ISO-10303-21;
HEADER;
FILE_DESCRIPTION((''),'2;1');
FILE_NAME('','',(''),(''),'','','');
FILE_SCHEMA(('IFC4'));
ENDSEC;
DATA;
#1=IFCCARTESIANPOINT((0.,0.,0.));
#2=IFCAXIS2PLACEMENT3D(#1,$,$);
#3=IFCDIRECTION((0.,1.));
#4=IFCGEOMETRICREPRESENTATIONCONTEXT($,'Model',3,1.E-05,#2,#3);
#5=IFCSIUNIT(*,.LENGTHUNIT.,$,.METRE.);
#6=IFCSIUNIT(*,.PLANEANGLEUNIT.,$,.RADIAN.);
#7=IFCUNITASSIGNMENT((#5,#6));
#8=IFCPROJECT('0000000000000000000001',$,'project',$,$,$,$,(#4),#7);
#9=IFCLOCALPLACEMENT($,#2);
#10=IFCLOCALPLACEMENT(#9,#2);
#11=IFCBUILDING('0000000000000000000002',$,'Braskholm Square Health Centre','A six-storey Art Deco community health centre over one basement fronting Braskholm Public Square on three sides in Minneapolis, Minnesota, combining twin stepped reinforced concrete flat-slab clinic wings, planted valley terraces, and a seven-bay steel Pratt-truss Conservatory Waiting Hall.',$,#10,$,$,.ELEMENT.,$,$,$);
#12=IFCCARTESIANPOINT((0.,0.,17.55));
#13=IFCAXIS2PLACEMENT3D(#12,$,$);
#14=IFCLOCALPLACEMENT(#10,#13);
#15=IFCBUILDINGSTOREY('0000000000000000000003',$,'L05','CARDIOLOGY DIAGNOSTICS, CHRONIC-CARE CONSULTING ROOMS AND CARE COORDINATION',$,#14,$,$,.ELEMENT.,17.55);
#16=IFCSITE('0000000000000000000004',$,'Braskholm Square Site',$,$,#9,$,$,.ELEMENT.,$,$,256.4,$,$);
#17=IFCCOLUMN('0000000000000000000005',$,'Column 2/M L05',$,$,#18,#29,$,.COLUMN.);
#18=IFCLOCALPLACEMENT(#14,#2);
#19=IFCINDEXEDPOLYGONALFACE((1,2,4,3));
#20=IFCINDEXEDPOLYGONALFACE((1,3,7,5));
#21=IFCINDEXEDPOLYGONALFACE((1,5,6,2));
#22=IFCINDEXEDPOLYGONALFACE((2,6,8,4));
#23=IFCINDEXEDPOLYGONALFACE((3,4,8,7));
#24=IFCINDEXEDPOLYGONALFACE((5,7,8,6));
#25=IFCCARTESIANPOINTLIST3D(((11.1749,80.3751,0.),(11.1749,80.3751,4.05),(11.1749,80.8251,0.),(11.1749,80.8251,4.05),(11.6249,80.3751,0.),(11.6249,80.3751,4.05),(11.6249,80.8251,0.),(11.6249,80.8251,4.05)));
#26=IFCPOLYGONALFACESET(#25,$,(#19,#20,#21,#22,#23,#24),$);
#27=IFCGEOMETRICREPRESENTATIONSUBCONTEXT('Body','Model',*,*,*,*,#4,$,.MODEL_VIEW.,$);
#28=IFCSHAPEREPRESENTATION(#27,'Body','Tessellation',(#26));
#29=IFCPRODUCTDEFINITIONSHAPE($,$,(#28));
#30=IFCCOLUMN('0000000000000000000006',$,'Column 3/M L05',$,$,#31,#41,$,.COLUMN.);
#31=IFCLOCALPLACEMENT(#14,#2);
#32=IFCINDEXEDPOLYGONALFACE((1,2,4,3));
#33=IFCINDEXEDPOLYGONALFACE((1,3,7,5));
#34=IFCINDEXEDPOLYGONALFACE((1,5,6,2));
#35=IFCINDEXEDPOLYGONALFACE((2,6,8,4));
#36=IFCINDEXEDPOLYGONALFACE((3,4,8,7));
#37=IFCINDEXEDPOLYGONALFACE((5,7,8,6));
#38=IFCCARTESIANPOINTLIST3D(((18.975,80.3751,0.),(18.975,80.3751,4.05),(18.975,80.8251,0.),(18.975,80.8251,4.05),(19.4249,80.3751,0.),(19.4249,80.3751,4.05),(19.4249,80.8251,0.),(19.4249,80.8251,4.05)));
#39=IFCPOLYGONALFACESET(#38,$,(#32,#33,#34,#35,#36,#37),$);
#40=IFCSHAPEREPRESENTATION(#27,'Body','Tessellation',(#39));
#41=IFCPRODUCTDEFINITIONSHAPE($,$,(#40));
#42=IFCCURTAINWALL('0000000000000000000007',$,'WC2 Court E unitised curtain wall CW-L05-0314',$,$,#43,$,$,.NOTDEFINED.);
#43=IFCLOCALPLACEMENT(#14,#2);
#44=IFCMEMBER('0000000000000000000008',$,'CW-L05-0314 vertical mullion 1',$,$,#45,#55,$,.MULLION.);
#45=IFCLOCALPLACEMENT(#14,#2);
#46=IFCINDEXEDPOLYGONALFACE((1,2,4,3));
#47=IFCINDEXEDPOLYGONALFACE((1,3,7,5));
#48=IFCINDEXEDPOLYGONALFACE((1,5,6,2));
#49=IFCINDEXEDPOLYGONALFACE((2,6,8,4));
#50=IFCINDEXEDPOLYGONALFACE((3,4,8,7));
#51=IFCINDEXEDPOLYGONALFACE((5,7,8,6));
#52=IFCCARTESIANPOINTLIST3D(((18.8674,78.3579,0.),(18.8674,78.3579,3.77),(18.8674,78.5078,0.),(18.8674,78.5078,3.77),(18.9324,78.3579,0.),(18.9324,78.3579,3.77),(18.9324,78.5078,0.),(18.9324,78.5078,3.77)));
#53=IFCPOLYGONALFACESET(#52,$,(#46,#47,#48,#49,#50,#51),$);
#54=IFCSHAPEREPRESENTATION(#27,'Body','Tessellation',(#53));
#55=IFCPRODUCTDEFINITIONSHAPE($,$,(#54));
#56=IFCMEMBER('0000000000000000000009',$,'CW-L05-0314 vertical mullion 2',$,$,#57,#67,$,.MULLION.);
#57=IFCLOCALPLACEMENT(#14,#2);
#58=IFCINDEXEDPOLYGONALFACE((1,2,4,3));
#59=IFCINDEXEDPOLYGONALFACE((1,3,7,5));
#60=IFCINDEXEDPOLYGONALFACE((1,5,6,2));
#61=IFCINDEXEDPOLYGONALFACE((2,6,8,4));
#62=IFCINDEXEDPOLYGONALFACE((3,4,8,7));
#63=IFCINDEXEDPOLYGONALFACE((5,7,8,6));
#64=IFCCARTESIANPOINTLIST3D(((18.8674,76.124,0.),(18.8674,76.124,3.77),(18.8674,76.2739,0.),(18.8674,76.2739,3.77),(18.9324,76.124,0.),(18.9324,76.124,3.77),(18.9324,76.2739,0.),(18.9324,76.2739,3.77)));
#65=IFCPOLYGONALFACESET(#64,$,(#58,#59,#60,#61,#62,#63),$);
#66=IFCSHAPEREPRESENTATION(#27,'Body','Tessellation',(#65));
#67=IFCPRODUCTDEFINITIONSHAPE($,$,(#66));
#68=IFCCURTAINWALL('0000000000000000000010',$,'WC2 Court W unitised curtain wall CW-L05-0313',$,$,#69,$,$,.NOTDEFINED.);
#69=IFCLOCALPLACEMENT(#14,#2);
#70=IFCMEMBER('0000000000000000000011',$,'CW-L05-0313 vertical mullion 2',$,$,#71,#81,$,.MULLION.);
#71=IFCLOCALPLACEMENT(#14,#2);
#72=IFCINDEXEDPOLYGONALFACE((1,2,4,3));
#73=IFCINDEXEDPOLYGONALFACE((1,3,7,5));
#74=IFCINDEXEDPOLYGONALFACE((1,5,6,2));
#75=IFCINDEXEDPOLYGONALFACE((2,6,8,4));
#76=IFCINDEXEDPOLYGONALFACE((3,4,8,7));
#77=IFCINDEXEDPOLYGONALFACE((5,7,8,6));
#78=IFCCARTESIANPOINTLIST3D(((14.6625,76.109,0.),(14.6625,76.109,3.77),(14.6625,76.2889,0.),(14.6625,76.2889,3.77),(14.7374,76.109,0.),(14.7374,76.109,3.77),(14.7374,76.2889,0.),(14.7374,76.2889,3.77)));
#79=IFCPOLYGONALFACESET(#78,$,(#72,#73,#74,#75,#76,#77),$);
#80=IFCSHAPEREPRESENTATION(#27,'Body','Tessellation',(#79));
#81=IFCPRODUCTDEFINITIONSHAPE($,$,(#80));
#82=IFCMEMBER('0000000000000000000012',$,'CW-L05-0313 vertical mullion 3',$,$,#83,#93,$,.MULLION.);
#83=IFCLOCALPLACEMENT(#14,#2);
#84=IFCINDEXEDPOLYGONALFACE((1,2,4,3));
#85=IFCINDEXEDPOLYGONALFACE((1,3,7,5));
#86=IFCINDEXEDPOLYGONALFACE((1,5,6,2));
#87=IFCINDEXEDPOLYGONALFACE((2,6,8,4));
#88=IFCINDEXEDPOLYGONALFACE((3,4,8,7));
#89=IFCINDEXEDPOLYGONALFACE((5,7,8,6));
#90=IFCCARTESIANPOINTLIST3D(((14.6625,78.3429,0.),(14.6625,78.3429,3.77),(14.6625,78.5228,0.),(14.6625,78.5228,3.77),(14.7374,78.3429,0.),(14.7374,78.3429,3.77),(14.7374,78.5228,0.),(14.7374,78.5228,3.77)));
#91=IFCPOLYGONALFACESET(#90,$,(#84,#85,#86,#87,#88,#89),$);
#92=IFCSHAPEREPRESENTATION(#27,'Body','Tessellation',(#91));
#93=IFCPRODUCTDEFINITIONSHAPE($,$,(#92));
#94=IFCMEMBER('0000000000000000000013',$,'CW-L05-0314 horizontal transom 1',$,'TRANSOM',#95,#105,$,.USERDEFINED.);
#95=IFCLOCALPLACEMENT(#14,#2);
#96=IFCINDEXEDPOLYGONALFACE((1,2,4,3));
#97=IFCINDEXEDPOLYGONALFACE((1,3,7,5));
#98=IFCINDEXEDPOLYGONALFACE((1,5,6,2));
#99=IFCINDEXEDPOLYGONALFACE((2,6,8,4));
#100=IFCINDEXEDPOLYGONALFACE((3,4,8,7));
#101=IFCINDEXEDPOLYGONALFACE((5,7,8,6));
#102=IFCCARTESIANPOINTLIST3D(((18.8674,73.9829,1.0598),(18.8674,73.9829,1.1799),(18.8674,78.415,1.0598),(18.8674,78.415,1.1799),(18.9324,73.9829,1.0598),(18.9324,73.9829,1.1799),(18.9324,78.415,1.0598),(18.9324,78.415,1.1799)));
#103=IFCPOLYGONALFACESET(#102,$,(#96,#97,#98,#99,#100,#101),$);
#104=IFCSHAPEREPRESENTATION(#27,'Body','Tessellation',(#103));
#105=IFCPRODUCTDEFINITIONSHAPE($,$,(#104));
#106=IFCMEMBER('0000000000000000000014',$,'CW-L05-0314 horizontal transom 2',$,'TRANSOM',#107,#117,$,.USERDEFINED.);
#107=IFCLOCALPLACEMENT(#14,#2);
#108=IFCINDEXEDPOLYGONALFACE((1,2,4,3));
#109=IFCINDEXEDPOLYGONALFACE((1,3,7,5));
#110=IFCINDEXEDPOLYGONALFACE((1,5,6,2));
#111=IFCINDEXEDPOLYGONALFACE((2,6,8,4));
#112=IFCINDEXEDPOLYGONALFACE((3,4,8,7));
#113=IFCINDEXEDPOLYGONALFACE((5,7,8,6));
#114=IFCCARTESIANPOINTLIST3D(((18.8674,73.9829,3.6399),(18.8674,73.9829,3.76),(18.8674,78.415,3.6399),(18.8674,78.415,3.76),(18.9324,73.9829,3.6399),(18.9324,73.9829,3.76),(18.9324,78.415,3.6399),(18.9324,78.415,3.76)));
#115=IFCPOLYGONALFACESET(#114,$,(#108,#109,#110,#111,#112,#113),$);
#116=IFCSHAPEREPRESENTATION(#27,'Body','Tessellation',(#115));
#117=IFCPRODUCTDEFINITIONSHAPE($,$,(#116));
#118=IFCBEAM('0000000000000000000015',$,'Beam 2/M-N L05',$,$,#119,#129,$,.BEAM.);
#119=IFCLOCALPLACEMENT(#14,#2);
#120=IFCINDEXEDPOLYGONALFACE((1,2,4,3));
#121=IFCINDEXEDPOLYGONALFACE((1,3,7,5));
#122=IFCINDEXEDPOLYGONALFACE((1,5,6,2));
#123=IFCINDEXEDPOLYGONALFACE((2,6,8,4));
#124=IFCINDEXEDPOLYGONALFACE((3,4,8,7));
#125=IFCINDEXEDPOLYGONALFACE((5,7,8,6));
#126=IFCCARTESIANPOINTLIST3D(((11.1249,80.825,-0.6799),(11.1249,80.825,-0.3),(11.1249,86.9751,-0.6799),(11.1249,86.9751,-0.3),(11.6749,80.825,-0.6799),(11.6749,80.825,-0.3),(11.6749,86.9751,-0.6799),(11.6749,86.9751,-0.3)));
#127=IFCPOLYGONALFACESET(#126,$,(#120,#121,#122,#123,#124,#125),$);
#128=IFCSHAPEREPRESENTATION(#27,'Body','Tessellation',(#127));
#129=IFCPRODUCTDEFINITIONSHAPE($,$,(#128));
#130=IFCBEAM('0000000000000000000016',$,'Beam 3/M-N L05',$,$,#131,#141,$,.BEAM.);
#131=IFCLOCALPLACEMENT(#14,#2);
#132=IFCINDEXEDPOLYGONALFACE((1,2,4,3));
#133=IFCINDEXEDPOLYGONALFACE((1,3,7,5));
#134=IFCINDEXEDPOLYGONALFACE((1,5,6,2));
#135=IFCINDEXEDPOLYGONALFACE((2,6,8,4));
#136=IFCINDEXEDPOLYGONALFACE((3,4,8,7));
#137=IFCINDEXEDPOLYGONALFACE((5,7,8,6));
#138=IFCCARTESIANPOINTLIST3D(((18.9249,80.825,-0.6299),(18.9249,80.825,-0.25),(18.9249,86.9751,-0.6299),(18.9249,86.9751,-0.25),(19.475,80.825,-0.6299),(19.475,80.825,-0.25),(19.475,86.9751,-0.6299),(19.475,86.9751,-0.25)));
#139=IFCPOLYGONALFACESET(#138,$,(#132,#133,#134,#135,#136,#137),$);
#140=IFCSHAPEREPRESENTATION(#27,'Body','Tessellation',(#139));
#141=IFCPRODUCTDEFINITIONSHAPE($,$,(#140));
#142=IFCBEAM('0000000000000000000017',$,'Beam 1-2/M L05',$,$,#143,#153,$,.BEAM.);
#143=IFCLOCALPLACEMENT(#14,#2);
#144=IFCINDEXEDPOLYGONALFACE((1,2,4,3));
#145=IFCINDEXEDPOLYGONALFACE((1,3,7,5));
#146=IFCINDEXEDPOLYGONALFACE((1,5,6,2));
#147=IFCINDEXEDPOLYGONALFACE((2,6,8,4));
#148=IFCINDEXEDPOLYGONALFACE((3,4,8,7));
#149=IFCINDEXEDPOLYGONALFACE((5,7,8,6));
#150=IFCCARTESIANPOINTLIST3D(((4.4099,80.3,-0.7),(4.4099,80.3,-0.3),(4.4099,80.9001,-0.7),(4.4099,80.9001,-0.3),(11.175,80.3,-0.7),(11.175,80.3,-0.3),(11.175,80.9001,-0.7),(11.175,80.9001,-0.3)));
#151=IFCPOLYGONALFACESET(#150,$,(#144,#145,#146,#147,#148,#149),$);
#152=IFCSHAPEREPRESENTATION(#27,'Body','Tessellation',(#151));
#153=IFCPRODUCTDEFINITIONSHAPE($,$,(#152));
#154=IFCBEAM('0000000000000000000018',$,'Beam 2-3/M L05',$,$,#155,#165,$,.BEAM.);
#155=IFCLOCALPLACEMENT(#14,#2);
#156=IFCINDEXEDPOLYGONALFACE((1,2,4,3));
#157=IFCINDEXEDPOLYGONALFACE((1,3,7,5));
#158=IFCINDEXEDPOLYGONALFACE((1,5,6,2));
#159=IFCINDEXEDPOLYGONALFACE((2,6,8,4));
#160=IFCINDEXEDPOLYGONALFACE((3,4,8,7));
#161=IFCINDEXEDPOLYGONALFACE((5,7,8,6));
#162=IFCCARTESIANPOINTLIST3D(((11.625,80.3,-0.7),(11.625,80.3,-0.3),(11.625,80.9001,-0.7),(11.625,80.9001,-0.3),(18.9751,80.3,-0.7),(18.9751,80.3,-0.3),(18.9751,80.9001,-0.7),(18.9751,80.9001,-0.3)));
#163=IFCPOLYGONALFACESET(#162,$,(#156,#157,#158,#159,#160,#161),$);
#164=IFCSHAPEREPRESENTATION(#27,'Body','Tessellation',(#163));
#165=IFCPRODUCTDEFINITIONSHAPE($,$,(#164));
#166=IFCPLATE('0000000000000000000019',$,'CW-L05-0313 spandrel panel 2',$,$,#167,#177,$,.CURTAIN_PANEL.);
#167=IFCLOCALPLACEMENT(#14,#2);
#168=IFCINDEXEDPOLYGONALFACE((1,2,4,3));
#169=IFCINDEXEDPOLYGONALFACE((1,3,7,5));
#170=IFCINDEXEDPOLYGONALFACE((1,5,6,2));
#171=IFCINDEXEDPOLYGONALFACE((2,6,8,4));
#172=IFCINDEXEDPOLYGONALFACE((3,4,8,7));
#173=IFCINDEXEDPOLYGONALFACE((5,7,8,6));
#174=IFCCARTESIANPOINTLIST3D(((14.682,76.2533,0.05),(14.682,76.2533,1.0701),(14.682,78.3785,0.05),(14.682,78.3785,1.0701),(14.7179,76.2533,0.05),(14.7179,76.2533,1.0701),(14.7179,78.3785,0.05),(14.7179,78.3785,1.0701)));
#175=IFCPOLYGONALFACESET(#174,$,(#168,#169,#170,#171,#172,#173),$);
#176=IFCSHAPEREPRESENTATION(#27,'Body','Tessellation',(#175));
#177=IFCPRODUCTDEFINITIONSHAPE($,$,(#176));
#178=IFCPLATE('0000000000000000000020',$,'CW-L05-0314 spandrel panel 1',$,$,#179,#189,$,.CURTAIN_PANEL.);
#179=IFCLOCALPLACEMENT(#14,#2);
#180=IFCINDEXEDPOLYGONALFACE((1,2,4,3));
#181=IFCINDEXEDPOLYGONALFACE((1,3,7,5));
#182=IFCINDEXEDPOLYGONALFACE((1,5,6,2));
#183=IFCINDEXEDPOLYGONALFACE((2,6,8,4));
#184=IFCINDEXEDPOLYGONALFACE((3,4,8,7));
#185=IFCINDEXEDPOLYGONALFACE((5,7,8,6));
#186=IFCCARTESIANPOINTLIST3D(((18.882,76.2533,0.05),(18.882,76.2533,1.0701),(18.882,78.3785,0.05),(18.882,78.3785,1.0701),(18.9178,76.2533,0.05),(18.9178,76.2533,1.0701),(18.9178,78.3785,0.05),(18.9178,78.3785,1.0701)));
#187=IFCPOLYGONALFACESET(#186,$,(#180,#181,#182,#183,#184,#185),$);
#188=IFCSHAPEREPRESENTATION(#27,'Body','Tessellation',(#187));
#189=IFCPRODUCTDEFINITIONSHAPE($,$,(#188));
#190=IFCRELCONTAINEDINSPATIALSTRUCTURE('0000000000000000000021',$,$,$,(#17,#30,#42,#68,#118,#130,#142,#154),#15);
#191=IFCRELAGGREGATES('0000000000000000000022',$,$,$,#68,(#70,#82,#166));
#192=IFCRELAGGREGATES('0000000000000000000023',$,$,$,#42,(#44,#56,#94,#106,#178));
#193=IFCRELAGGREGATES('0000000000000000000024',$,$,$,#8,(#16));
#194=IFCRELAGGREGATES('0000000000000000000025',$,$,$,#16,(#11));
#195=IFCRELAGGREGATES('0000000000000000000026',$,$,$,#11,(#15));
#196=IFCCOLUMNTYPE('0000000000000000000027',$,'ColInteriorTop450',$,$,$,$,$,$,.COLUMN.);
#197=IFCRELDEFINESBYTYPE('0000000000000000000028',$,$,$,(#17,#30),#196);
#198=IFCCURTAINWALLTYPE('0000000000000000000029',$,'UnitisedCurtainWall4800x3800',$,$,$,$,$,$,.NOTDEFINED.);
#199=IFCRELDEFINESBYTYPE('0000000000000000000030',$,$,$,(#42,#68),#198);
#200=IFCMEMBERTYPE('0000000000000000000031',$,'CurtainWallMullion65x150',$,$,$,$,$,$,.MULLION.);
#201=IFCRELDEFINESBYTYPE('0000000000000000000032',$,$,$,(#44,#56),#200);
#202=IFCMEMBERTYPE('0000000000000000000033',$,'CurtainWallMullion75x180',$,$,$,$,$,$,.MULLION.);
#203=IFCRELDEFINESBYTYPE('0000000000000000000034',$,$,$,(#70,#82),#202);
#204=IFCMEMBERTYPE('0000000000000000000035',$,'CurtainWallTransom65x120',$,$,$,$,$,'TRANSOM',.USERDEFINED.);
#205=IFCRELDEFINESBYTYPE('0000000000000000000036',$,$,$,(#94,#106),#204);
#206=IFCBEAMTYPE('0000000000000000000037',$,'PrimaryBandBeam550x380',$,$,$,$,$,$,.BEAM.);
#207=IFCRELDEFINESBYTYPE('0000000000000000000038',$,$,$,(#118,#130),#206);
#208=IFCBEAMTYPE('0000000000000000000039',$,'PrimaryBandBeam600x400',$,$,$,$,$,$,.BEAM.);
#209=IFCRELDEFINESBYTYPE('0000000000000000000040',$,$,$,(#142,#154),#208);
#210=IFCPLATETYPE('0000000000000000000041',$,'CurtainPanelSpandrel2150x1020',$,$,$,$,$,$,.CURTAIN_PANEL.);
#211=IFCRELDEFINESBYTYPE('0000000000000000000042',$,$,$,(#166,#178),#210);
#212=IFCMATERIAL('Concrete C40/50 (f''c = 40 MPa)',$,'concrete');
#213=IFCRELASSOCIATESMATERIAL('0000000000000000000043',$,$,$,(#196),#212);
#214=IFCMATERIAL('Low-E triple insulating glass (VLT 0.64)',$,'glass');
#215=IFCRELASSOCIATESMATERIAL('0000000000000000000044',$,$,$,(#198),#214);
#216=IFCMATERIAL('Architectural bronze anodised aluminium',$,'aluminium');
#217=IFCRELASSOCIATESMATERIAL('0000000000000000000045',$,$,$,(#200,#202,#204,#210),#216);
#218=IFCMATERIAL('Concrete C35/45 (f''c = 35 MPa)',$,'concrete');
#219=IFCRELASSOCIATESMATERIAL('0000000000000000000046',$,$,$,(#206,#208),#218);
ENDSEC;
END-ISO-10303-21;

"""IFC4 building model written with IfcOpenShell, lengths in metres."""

from ifc_helpers import new_model, si_unit, direction, frame, origin, origin_2d, place, context, subcontext, project, spatial, rectangle, extrude, material, material_profile, profile_set, type_object, element, aggregate, save


model = new_model("IFC4")

# Units and contexts
model_context = context("Model", 3, precision=1e-05, world=origin(), true_north=direction((0.0, 1.0)))
body_context = subcontext(model_context, "Body", "Model", "MODEL_VIEW")
ifc_project = project(units=[si_unit("LENGTHUNIT", "METRE"), si_unit("PLANEANGLEUNIT", "RADIAN")], contexts=[model_context])

# Site, building, storey
site_placement = place(None, origin())
site = spatial("IfcSite", under=ifc_project, at=site_placement, Name="Braskholm Square Site", CompositionType="ELEMENT", RefElevation=256.4)
building_placement = place(site_placement, origin())
building = spatial("IfcBuilding", under=site, at=building_placement, Name="Braskholm Square Health Centre", Description="A six-storey Art Deco community health centre over one basement fronting Braskholm Public Square on three sides in Minneapolis, Minnesota, combining twin stepped reinforced concrete flat-slab clinic wings, planted valley terraces, and a seven-bay steel Pratt-truss Conservatory Waiting Hall.", CompositionType="ELEMENT")
storey_placement = place(building_placement, frame((0.0, 0.0, 17.55)))
storey = spatial("IfcBuildingStorey", under=building, at=storey_placement, Name="L05", Description="CARDIOLOGY DIAGNOSTICS, CHRONIC-CARE CONSULTING ROOMS AND CARE COORDINATION", CompositionType="ELEMENT", Elevation=17.55)

# Columns
ifc_material_1 = material(Name="Concrete C40/50 (f'c = 40 MPa)", Category="concrete")
ifc_material_profile_1 = material_profile(ifc_material_1, rectangle(XDim=0.45, YDim=0.45, at=origin_2d()), Name="RC-450X450")
ifc_profile_set_1 = profile_set([ifc_material_profile_1], Name="Concrete C40/50 (f'c = 40 MPa)")
column_type = type_object("IfcColumnType", Name="ColInteriorTop450", PredefinedType="COLUMN", material=ifc_profile_set_1)
for number, where, z_axis, x_axis, name in (
    (1, (11.3999, 80.6001, 0.0), (0.0, 0.0, 1.0), (1.0, 0.0, 0.0), "Column 2/M L05"),
    (2, (19.2, 80.6001, 0.0), (0.0, 0.0, 1.0), (1.0, 0.0, 0.0), "Column 3/M L05"),
):
    element("IfcColumn", number, at=place(storey_placement, frame(where, z_axis=z_axis, x_axis=x_axis)), inside=storey, type_object=column_type, Name=name, PredefinedType="COLUMN", context=body_context, shape_type="SweptSolid", body=[
        extrude(rectangle(XDim=0.45, YDim=0.45, at=origin_2d()), origin(), (0.0, 0.0, 1.0), 4.05),
    ])

# Curtain walls, members
ifc_material_2 = material(Name="Low-E triple insulating glass (VLT 0.64)", Category="glass")
curtain_wall_type = type_object("IfcCurtainWallType", Name="UnitisedCurtainWall4800x3800", PredefinedType="NOTDEFINED", material=ifc_material_2)
curtain_wall_1_placement = place(storey_placement, origin())
curtain_wall_1 = element("IfcCurtainWall", 3, at=curtain_wall_1_placement, inside=storey, type_object=curtain_wall_type, Name="WC2 Court E unitised curtain wall CW-L05-0314", PredefinedType="NOTDEFINED")
ifc_material_3 = material(Name="Architectural bronze anodised aluminium", Category="aluminium")
ifc_material_profile_2 = material_profile(ifc_material_3, rectangle(XDim=0.0649, YDim=0.1499, at=origin_2d()), Name="ALU-65X150")
ifc_profile_set_2 = profile_set([ifc_material_profile_2], Name="Architectural bronze anodised aluminium")
member_type_1 = type_object("IfcMemberType", Name="CurtainWallMullion65x150", PredefinedType="MULLION", material=ifc_profile_set_2)
member_1_placement = place(storey_placement, frame((18.8999, 78.4329, 0.0), z_axis=(0.0, 0.0, 1.0), x_axis=(1.0, 0.0, 0.0)))
member_1 = element("IfcMember", 4, at=member_1_placement, type_object=member_type_1, Name="CW-L05-0314 vertical mullion 1", PredefinedType="MULLION", context=body_context, shape_type="SweptSolid", body=[
    extrude(rectangle(XDim=0.0649, YDim=0.1499, at=origin_2d()), origin(), (0.0, 0.0, 1.0), 3.77),
])
member_2_placement = place(storey_placement, frame((18.8999, 76.199, 0.0), z_axis=(0.0, 0.0, 1.0), x_axis=(1.0, 0.0, 0.0)))
member_2 = element("IfcMember", 5, at=member_2_placement, type_object=member_type_1, Name="CW-L05-0314 vertical mullion 2", PredefinedType="MULLION", context=body_context, shape_type="SweptSolid", body=[
    extrude(rectangle(XDim=0.0649, YDim=0.1499, at=origin_2d()), origin(), (0.0, 0.0, 1.0), 3.77),
])
curtain_wall_2_placement = place(storey_placement, origin())
curtain_wall_2 = element("IfcCurtainWall", 6, at=curtain_wall_2_placement, inside=storey, type_object=curtain_wall_type, Name="WC2 Court W unitised curtain wall CW-L05-0313", PredefinedType="NOTDEFINED")
ifc_material_profile_3 = material_profile(ifc_material_3, rectangle(XDim=0.075, YDim=0.1799, at=origin_2d()), Name="ALU-75X180")
ifc_profile_set_3 = profile_set([ifc_material_profile_3], Name="Architectural bronze anodised aluminium")
member_type_2 = type_object("IfcMemberType", Name="CurtainWallMullion75x180", PredefinedType="MULLION", material=ifc_profile_set_3)
member_3_placement = place(storey_placement, frame((14.7, 76.199, 0.0), z_axis=(0.0, 0.0, 1.0), x_axis=(1.0, 0.0, 0.0)))
member_3 = element("IfcMember", 7, at=member_3_placement, type_object=member_type_2, Name="CW-L05-0313 vertical mullion 2", PredefinedType="MULLION", context=body_context, shape_type="SweptSolid", body=[
    extrude(rectangle(XDim=0.075, YDim=0.1799, at=origin_2d()), origin(), (0.0, 0.0, 1.0), 3.77),
])
member_4_placement = place(storey_placement, frame((14.7, 78.4329, 0.0), z_axis=(0.0, 0.0, 1.0), x_axis=(1.0, 0.0, 0.0)))
member_4 = element("IfcMember", 8, at=member_4_placement, type_object=member_type_2, Name="CW-L05-0313 vertical mullion 3", PredefinedType="MULLION", context=body_context, shape_type="SweptSolid", body=[
    extrude(rectangle(XDim=0.075, YDim=0.1799, at=origin_2d()), origin(), (0.0, 0.0, 1.0), 3.77),
])

# Members
ifc_material_profile_4 = material_profile(ifc_material_3, rectangle(XDim=0.0649, YDim=0.1201, at=origin_2d()), Name="ALU-65X120")
ifc_profile_set_4 = profile_set([ifc_material_profile_4], Name="Architectural bronze anodised aluminium")
member_type_3 = type_object("IfcMemberType", Name="CurtainWallTransom65x120", ElementType="TRANSOM", PredefinedType="USERDEFINED", material=ifc_profile_set_4)
member_5_placement = place(storey_placement, frame((18.8999, 78.415, 1.1199), z_axis=(0.0, -1.0, 0.0), x_axis=(1.0, 0.0, 0.0)))
member_5 = element("IfcMember", 9, at=member_5_placement, type_object=member_type_3, Name="CW-L05-0314 horizontal transom 1", ObjectType="TRANSOM", PredefinedType="USERDEFINED", context=body_context, shape_type="SweptSolid", body=[
    extrude(rectangle(XDim=0.0649, YDim=0.1201, at=origin_2d()), origin(), (0.0, 0.0, 1.0), 4.4321),
])
member_6_placement = place(storey_placement, frame((18.8999, 78.415, 3.7), z_axis=(0.0, -1.0, 0.0), x_axis=(1.0, 0.0, 0.0)))
member_6 = element("IfcMember", 10, at=member_6_placement, type_object=member_type_3, Name="CW-L05-0314 horizontal transom 2", ObjectType="TRANSOM", PredefinedType="USERDEFINED", context=body_context, shape_type="SweptSolid", body=[
    extrude(rectangle(XDim=0.0649, YDim=0.1201, at=origin_2d()), origin(), (0.0, 0.0, 1.0), 4.4321),
])

# Beams
ifc_material_4 = material(Name="Concrete C35/45 (f'c = 35 MPa)", Category="concrete")
ifc_material_profile_5 = material_profile(ifc_material_4, rectangle(XDim=0.55, YDim=0.3799, at=origin_2d()), Name="RCB-550X380")
ifc_profile_set_5 = profile_set([ifc_material_profile_5], Name="Concrete C35/45 (f'c = 35 MPa)")
beam_type_1 = type_object("IfcBeamType", Name="PrimaryBandBeam550x380", PredefinedType="BEAM", material=ifc_profile_set_5)
for number, where, z_axis, x_axis, name in (
    (11, (11.3999, 80.825, -0.49), (0.0, 1.0, 0.0), (-1.0, 0.0, 0.0), "Beam 2/M-N L05"),
    (12, (19.2, 80.825, -0.4399), (0.0, 1.0, 0.0), (-1.0, 0.0, 0.0), "Beam 3/M-N L05"),
):
    element("IfcBeam", number, at=place(storey_placement, frame(where, z_axis=z_axis, x_axis=x_axis)), inside=storey, type_object=beam_type_1, Name=name, PredefinedType="BEAM", context=body_context, shape_type="SweptSolid", body=[
        extrude(rectangle(XDim=0.55, YDim=0.3799, at=origin_2d()), origin(), (0.0, 0.0, 1.0), 6.1501),
    ])
ifc_material_profile_6 = material_profile(ifc_material_4, rectangle(XDim=0.6001, YDim=0.3999, at=origin_2d()), Name="RCB-600X400")
ifc_profile_set_6 = profile_set([ifc_material_profile_6], Name="Concrete C35/45 (f'c = 35 MPa)")
beam_type_2 = type_object("IfcBeamType", Name="PrimaryBandBeam600x400", PredefinedType="BEAM", material=ifc_profile_set_6)
beam_1_placement = place(storey_placement, frame((4.4099, 80.6001, -0.5), z_axis=(1.0, 0.0, 0.0), x_axis=(0.0, 1.0, 0.0)))
element("IfcBeam", 13, at=beam_1_placement, inside=storey, type_object=beam_type_2, Name="Beam 1-2/M L05", PredefinedType="BEAM", context=body_context, shape_type="SweptSolid", body=[
    extrude(rectangle(XDim=0.6001, YDim=0.3999, at=origin_2d()), origin(), (0.0, 0.0, 1.0), 6.7651),
])
beam_2_placement = place(storey_placement, frame((11.625, 80.6001, -0.5), z_axis=(1.0, 0.0, 0.0), x_axis=(0.0, 1.0, 0.0)))
element("IfcBeam", 14, at=beam_2_placement, inside=storey, type_object=beam_type_2, Name="Beam 2-3/M L05", PredefinedType="BEAM", context=body_context, shape_type="SweptSolid", body=[
    extrude(rectangle(XDim=0.6001, YDim=0.3999, at=origin_2d()), origin(), (0.0, 0.0, 1.0), 7.3501),
])

# Plates
plate_type_1 = type_object("IfcPlateType", Name="CurtainPanelSpandrel2150x1020", PredefinedType="CURTAIN_PANEL", material=ifc_material_3)
plate_1_placement = place(storey_placement, frame((14.7, 77.3159, 0.05), z_axis=(0.0, 0.0, 1.0), x_axis=(0.0, 1.0, 0.0)))
plate_1 = element("IfcPlate", 15, at=plate_1_placement, type_object=plate_type_1, Name="CW-L05-0313 spandrel panel 2", PredefinedType="CURTAIN_PANEL", context=body_context, shape_type="SweptSolid", body=[
    extrude(rectangle(XDim=2.1252, YDim=0.0359, at=origin_2d()), origin(), (0.0, 0.0, 1.0), 1.02),
])
plate_2_placement = place(storey_placement, frame((18.8999, 77.3159, 0.05), z_axis=(0.0, 0.0, 1.0), x_axis=(0.0, -1.0, 0.0)))
plate_2 = element("IfcPlate", 16, at=plate_2_placement, type_object=plate_type_1, Name="CW-L05-0314 spandrel panel 1", PredefinedType="CURTAIN_PANEL", context=body_context, shape_type="SweptSolid", body=[
    extrude(rectangle(XDim=2.1252, YDim=0.0359, at=origin_2d()), origin(), (0.0, 0.0, 1.0), 1.02),
])
aggregate(curtain_wall_2, [member_3, member_4, plate_1])
aggregate(curtain_wall_1, [member_1, member_2, member_5, member_6, plate_2])

save(model, "model.ifc")
